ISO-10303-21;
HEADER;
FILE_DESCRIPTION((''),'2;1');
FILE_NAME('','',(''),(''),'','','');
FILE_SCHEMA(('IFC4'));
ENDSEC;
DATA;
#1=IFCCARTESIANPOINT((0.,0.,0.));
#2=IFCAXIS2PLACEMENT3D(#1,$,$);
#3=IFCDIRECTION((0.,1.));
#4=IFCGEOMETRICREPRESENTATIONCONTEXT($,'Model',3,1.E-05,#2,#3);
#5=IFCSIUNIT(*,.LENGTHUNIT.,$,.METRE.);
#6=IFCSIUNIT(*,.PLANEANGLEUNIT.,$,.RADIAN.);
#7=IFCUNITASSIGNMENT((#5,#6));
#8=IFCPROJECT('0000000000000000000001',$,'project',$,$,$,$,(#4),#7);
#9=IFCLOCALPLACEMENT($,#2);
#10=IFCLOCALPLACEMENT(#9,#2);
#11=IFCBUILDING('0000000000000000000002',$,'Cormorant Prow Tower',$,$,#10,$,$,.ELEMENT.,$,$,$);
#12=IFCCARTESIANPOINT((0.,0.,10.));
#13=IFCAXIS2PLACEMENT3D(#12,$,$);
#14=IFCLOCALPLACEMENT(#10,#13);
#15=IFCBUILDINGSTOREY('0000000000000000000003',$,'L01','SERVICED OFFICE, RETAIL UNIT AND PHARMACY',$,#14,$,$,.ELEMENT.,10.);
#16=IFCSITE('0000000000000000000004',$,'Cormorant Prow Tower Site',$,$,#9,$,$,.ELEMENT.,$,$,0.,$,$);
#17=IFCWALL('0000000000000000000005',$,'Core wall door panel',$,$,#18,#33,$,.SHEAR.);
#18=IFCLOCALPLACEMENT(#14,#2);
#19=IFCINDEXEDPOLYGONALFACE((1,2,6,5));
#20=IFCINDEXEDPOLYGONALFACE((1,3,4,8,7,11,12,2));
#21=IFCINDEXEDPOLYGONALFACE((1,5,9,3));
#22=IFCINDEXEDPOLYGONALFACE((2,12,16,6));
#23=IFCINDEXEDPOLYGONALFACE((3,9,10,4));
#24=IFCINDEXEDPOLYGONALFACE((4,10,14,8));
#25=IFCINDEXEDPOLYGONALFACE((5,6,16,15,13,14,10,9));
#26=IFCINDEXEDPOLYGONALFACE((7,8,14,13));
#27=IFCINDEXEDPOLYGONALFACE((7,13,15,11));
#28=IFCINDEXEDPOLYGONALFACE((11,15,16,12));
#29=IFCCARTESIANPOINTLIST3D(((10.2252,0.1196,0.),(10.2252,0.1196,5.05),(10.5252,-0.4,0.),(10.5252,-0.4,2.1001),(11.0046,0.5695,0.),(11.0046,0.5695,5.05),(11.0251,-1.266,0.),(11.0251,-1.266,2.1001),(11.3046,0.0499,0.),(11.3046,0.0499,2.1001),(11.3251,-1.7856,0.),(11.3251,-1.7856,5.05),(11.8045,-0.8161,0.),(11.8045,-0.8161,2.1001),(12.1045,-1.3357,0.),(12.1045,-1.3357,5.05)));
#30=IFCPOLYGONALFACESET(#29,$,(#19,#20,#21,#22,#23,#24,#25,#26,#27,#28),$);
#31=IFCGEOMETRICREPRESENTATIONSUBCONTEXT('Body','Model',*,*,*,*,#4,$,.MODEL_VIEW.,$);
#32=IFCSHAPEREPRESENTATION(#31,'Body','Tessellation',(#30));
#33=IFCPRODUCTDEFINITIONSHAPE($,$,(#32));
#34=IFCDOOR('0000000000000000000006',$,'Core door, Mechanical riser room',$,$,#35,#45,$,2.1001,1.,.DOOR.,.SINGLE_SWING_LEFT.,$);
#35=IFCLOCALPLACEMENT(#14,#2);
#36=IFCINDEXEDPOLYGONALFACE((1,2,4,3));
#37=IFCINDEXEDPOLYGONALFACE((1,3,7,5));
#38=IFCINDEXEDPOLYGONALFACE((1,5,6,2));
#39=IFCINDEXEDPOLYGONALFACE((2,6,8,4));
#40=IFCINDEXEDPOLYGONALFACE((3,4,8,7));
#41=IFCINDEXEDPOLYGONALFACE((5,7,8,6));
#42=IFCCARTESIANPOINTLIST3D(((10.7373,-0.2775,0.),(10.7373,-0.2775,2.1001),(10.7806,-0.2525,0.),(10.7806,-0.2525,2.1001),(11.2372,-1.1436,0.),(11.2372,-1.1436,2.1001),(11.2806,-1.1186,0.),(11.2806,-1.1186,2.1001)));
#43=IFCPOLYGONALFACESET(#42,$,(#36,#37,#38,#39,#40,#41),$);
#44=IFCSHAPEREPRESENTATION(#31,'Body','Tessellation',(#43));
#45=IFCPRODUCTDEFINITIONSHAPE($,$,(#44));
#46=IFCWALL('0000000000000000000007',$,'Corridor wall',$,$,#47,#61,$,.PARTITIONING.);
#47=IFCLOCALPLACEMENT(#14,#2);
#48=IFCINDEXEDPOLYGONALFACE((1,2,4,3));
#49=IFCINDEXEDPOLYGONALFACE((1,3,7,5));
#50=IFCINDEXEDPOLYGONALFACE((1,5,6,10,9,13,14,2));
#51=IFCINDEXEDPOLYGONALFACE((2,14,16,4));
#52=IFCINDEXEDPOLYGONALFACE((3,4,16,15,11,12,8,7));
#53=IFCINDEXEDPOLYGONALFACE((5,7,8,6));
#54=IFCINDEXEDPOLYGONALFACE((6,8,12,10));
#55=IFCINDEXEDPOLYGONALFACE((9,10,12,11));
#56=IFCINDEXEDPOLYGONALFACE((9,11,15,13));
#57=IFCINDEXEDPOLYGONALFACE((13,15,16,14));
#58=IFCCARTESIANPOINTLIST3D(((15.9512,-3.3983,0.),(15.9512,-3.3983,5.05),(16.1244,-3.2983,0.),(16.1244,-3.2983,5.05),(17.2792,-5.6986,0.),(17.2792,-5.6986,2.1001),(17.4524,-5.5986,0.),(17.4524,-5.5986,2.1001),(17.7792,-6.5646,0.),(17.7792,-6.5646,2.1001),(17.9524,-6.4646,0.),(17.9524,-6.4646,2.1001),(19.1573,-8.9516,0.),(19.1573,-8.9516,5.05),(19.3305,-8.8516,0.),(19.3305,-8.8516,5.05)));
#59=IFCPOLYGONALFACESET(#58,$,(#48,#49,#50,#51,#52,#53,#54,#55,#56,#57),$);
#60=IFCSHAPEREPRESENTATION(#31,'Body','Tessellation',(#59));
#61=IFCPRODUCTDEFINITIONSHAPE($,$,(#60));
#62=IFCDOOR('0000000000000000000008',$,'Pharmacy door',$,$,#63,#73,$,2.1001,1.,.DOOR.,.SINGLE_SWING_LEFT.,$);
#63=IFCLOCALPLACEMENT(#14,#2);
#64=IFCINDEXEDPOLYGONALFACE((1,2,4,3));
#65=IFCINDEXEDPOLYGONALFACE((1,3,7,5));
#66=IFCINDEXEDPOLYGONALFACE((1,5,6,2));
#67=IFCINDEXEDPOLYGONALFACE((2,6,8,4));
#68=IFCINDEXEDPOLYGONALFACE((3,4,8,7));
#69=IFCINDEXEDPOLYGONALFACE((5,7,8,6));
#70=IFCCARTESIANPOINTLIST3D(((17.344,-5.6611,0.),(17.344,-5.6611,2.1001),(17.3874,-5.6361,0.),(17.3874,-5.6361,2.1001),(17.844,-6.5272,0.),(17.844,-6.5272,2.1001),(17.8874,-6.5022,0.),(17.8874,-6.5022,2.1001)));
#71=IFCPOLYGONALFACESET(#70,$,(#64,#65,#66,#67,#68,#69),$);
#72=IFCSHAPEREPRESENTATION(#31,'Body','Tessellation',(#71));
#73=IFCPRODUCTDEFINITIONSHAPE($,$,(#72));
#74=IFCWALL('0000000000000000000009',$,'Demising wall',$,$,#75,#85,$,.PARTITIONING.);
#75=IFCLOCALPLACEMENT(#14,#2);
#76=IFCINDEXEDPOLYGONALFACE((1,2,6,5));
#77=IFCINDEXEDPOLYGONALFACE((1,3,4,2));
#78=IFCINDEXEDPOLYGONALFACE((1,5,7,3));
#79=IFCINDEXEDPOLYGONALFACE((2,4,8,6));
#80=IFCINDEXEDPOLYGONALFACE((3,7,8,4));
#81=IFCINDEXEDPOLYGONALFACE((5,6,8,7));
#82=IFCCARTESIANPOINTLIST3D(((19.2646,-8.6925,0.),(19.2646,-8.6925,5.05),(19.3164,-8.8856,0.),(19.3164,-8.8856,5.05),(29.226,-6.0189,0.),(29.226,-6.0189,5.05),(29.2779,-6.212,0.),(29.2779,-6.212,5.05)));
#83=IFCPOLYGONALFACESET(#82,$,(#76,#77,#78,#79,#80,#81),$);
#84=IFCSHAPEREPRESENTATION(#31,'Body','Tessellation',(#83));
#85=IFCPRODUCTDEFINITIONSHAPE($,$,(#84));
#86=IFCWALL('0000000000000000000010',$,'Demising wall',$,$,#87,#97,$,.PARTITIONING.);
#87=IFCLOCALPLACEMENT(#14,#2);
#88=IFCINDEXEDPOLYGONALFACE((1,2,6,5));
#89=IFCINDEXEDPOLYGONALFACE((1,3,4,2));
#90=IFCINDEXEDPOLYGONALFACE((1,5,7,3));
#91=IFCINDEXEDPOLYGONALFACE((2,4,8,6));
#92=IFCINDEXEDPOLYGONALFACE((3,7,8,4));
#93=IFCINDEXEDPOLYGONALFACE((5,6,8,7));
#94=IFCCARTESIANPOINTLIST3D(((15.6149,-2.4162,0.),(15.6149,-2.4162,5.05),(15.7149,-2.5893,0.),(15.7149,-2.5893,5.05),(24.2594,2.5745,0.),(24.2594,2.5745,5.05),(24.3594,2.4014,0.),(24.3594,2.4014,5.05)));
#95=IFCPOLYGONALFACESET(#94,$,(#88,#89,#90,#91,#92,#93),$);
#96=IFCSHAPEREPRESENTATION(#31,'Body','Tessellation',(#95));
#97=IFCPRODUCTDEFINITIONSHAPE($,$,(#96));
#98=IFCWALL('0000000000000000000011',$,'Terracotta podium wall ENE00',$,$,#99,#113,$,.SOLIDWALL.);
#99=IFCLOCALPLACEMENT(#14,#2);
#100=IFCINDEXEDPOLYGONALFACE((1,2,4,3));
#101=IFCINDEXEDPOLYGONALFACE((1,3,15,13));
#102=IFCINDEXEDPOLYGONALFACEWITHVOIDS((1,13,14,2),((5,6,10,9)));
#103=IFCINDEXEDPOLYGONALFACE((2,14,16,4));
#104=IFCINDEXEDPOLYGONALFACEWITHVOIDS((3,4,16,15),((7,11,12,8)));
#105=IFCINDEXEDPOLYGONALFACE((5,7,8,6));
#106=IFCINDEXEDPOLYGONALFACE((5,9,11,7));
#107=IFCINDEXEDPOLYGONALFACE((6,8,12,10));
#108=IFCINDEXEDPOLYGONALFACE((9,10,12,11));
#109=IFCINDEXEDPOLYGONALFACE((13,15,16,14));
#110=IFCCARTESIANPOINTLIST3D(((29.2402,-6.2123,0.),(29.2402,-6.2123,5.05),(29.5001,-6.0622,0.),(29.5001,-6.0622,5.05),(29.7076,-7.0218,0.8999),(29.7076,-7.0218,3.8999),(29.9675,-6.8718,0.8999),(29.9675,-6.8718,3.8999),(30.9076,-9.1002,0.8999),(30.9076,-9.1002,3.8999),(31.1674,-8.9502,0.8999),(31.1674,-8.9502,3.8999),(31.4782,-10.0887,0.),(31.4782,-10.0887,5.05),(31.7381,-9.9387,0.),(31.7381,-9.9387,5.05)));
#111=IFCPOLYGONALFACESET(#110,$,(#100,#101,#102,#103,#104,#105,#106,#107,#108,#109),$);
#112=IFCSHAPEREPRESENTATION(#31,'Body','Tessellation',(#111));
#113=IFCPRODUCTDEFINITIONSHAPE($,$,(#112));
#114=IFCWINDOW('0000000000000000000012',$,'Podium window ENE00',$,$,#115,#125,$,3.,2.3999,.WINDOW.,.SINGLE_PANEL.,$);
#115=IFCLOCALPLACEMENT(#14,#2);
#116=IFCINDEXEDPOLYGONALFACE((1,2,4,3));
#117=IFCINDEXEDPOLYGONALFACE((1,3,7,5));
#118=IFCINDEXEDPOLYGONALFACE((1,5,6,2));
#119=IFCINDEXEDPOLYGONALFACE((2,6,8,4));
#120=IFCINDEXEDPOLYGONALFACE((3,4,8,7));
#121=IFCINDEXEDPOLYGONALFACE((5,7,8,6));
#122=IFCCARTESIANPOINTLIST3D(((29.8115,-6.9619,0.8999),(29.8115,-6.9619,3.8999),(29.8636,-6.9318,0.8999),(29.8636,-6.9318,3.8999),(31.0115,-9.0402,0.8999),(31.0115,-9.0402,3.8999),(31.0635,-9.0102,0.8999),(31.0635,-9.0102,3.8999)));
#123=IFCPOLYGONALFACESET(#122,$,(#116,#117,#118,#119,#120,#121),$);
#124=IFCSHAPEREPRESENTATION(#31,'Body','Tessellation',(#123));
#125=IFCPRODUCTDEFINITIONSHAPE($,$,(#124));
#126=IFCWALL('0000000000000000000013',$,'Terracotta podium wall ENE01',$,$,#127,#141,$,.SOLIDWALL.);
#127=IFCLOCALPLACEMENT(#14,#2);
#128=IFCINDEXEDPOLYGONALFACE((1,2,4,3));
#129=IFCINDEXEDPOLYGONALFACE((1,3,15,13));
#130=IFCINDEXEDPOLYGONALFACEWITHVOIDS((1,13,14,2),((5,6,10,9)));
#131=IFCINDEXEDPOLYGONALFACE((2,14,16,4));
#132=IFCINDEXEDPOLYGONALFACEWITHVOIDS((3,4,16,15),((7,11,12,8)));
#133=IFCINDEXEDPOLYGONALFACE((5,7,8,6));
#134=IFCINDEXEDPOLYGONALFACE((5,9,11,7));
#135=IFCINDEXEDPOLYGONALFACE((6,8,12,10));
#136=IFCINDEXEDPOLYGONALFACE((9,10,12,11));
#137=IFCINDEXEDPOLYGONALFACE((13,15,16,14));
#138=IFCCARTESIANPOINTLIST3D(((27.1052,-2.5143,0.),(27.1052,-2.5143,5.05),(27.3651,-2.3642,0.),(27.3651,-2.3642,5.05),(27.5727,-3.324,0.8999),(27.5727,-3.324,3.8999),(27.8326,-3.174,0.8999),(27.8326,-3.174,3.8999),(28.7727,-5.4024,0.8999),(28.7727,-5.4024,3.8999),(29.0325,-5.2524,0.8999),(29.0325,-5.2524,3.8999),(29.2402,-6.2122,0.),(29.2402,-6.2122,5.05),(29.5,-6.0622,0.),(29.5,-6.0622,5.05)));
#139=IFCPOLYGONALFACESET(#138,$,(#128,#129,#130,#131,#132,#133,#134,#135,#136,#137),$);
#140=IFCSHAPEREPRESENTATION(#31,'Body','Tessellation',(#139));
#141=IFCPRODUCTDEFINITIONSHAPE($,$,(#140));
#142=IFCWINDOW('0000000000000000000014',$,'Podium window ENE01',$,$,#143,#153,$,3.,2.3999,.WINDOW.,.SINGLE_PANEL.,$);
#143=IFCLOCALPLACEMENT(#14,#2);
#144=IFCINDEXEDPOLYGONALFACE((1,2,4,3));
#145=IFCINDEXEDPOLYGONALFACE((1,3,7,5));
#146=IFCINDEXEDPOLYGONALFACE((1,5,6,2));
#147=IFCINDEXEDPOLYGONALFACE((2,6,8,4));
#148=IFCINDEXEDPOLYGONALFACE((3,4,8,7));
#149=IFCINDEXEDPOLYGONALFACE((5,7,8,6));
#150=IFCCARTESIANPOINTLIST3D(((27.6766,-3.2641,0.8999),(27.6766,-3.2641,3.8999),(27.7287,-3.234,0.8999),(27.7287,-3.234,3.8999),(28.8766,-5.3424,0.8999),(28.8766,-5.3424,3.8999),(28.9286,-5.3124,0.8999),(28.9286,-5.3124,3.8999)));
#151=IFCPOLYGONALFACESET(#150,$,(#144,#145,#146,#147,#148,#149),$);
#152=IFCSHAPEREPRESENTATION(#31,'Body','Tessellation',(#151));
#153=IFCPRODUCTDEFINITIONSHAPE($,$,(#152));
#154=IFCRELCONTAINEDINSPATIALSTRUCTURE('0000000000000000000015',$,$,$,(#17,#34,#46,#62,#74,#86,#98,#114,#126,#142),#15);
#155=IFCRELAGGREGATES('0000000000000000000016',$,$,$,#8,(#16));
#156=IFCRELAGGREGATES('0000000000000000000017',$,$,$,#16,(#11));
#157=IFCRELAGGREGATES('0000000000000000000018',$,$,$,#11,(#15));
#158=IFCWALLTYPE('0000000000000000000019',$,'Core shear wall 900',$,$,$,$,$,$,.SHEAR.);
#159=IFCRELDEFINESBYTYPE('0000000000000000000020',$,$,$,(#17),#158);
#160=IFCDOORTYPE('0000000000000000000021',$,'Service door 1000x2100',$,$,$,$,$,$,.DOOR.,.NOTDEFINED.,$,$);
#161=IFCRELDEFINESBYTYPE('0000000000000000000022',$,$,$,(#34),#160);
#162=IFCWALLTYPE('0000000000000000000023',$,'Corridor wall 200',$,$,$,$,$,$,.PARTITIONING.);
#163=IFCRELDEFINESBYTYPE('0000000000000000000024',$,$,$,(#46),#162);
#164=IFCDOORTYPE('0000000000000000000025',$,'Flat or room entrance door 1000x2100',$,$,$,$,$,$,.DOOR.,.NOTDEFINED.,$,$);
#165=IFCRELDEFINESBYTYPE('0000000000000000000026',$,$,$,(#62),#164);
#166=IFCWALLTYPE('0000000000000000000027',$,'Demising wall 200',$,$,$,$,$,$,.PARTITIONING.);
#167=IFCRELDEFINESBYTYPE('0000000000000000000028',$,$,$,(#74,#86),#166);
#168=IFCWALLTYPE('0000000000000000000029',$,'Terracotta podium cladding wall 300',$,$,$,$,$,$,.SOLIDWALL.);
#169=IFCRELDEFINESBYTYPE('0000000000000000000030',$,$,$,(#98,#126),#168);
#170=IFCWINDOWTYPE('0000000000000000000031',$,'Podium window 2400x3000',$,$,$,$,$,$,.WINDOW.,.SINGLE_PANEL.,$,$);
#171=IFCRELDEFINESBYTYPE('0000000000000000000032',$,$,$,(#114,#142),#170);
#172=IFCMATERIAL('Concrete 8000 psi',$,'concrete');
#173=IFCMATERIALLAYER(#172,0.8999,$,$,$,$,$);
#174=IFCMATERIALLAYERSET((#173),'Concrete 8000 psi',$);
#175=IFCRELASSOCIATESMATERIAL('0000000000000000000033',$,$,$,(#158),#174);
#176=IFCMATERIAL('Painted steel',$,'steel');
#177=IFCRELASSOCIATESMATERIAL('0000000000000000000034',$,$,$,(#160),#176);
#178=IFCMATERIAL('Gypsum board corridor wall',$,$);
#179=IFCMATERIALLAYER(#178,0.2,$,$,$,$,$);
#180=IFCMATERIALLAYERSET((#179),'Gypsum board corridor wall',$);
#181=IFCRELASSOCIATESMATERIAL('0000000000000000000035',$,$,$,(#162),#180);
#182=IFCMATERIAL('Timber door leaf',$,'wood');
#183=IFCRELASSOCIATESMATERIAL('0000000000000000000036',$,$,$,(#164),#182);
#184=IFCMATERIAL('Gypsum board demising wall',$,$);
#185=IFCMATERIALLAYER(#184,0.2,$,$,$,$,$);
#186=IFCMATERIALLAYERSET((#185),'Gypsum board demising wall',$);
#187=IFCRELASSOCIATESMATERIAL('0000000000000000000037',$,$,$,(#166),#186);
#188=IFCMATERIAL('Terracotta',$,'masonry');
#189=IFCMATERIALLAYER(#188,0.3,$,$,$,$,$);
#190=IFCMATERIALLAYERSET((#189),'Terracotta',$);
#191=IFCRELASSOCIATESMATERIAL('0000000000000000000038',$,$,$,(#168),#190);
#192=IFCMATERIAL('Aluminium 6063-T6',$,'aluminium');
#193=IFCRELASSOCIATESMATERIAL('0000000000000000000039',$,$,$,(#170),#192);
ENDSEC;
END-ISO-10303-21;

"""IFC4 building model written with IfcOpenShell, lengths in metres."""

from ifc_helpers import new_model, si_unit, direction, frame, frame_2d, origin, place, context, subcontext, project, spatial, rectangle, extrude, material, layer, layer_set, type_object, element, fill, save


model = new_model("IFC4")

# Units and contexts
model_context = context("Model", 3, precision=1e-05, world=origin(), true_north=direction((0.0, 1.0)))
body_context = subcontext(model_context, "Body", "Model", "MODEL_VIEW")
ifc_project = project(units=[si_unit("LENGTHUNIT", "METRE"), si_unit("PLANEANGLEUNIT", "RADIAN")], contexts=[model_context])

# Site, building, storey
site_placement = place(None, origin())
site = spatial("IfcSite", under=ifc_project, at=site_placement, Name="Cormorant Prow Tower Site", CompositionType="ELEMENT", RefElevation=0.0)
building_placement = place(site_placement, origin())
building = spatial("IfcBuilding", under=site, at=building_placement, Name="Cormorant Prow Tower", CompositionType="ELEMENT")
storey_placement = place(building_placement, frame((0.0, 0.0, 10.0)))
storey = spatial("IfcBuildingStorey", under=building, at=storey_placement, Name="L01", Description="SERVICED OFFICE, RETAIL UNIT AND PHARMACY", CompositionType="ELEMENT", Elevation=10.0)

# Shared definitions
ifc_material_1 = material(Name="Concrete 8000 psi", Category="concrete")
ifc_layer_1 = layer(ifc_material_1, 0.8999)
ifc_layer_set_1 = layer_set([ifc_layer_1], Name="Concrete 8000 psi")
wall_type_1 = type_object("IfcWallType", Name="Core shear wall 900", PredefinedType="SHEAR", material=ifc_layer_set_1)

# Walls, openings, doors
wall_1_placement = place(storey_placement, frame((11.7148, -1.5608, 0.0), z_axis=(0.0, 0.0, 1.0), x_axis=(-0.499947, 0.866056, 0.0)))
wall_1 = element("IfcWall", 1, at=wall_1_placement, inside=storey, type_object=wall_type_1, Name="Core wall door panel", PredefinedType="SHEAR", context=body_context, shape_type="SweptSolid", body=[
    extrude(rectangle(XDim=2.2, YDim=0.8999, at=frame_2d((1.1001, 0.0))), origin(), (0.0, 0.0, 1.0), 5.05),
])
opening_1_placement = place(wall_1_placement, frame((0.6001, 0.0, 0.0)))
opening_1 = element("IfcOpeningElement", 2, at=opening_1_placement, cuts=wall_1, PredefinedType="OPENING", context=body_context, shape_type="SweptSolid", body=[
    extrude(rectangle(XDim=1.0, YDim=2.1001, at=frame_2d((0.5, 1.05))), frame((0.0, 0.46, 0.0), z_axis=(0.0, -1.0, 0.0), x_axis=(1.0, 0.0, 0.0)), (0.0, 0.0, 1.0), 0.9199),
])
ifc_material_2 = material(Name="Painted steel", Category="steel")
door_type_1 = type_object("IfcDoorType", Name="Service door 1000x2100", OperationType="NOTDEFINED", PredefinedType="DOOR", material=ifc_material_2)
door_1_placement = place(opening_1_placement, origin())
door_1 = element("IfcDoor", 3, at=door_1_placement, inside=storey, type_object=door_type_1, Name="Core door, Mechanical riser room", OperationType="SINGLE_SWING_LEFT", OverallHeight=2.1001, OverallWidth=1.0, PredefinedType="DOOR", context=body_context, shape_type="SweptSolid", body=[
    extrude(rectangle(XDim=1.0, YDim=2.1001, at=frame_2d((0.5, 1.05))), frame((0.0, 0.2051, 0.0), z_axis=(0.0, -1.0, 0.0), x_axis=(1.0, 0.0, 0.0)), (0.0, 0.0, 1.0), 0.05),
])
fill(opening_1, door_1)
ifc_material_3 = material(Name="Gypsum board corridor wall")
ifc_layer_2 = layer(ifc_material_3, 0.2)
ifc_layer_set_2 = layer_set([ifc_layer_2], Name="Gypsum board corridor wall")
wall_type_2 = type_object("IfcWallType", Name="Corridor wall 200", PredefinedType="PARTITIONING", material=ifc_layer_set_2)
wall_2_placement = place(storey_placement, frame((16.0378, -3.3484, 0.0), z_axis=(0.0, 0.0, 1.0), x_axis=(0.499988, -0.866032, 0.0)))
wall_2 = element("IfcWall", 4, at=wall_2_placement, inside=storey, type_object=wall_type_2, Name="Corridor wall", PredefinedType="PARTITIONING", context=body_context, shape_type="SweptSolid", body=[
    extrude(rectangle(XDim=6.4124, YDim=0.2, at=frame_2d((3.2061, 0.0))), origin(), (0.0, 0.0, 1.0), 5.05),
])
opening_2_placement = place(wall_2_placement, frame((2.656, 0.0, 0.0)))
opening_2 = element("IfcOpeningElement", 5, at=opening_2_placement, cuts=wall_2, PredefinedType="OPENING", context=body_context, shape_type="SweptSolid", body=[
    extrude(rectangle(XDim=1.0, YDim=2.1001, at=frame_2d((0.5, 1.05))), frame((0.0, 0.1099, 0.0), z_axis=(0.0, -1.0, 0.0), x_axis=(1.0, 0.0, 0.0)), (0.0, 0.0, 1.0), 0.22),
])
ifc_material_4 = material(Name="Timber door leaf", Category="wood")
door_type_2 = type_object("IfcDoorType", Name="Flat or room entrance door 1000x2100", OperationType="NOTDEFINED", PredefinedType="DOOR", material=ifc_material_4)
door_2_placement = place(opening_2_placement, origin())
door_2 = element("IfcDoor", 6, at=door_2_placement, inside=storey, type_object=door_type_2, Name="Pharmacy door", OperationType="SINGLE_SWING_LEFT", OverallHeight=2.1001, OverallWidth=1.0, PredefinedType="DOOR", context=body_context, shape_type="SweptSolid", body=[
    extrude(rectangle(XDim=1.0, YDim=2.1001, at=frame_2d((0.5, 1.05))), frame((0.0, 0.0249, 0.0), z_axis=(0.0, -1.0, 0.0), x_axis=(1.0, 0.0, 0.0)), (0.0, 0.0, 1.0), 0.05),
])
fill(opening_2, door_2)

# Walls
ifc_material_5 = material(Name="Gypsum board demising wall")
ifc_layer_3 = layer(ifc_material_5, 0.2)
ifc_layer_set_3 = layer_set([ifc_layer_3], Name="Gypsum board demising wall")
wall_type_3 = type_object("IfcWallType", Name="Demising wall 200", PredefinedType="PARTITIONING", material=ifc_layer_set_3)
wall_3_placement = place(storey_placement, frame((19.2905, -8.7891, 0.0), z_axis=(0.0, 0.0, 1.0), x_axis=(0.965818, 0.25922, 0.0)))
element("IfcWall", 7, at=wall_3_placement, inside=storey, type_object=wall_type_3, Name="Demising wall", PredefinedType="PARTITIONING", context=body_context, shape_type="SweptSolid", body=[
    extrude(rectangle(XDim=10.314, YDim=0.2, at=frame_2d((5.157, 0.0))), origin(), (0.0, 0.0, 1.0), 5.05),
])
wall_4_placement = place(storey_placement, frame((15.665, -2.5027, 0.0), z_axis=(0.0, 0.0, 1.0), x_axis=(0.866034, 0.499985, 0.0)))
element("IfcWall", 8, at=wall_4_placement, inside=storey, type_object=wall_type_3, Name="Demising wall", PredefinedType="PARTITIONING", context=body_context, shape_type="SweptSolid", body=[
    extrude(rectangle(XDim=9.9817, YDim=0.2, at=frame_2d((4.9907, 0.0))), origin(), (0.0, 0.0, 1.0), 5.05),
])

# Walls, openings, windows
ifc_material_6 = material(Name="Terracotta", Category="masonry")
ifc_layer_4 = layer(ifc_material_6, 0.3)
ifc_layer_set_4 = layer_set([ifc_layer_4], Name="Terracotta")
wall_type_4 = type_object("IfcWallType", Name="Terracotta podium cladding wall 300", PredefinedType="SOLIDWALL", material=ifc_layer_set_4)
wall_5_placement = place(storey_placement, frame((31.6082, -10.0137, 0.0), z_axis=(0.0, 0.0, 1.0), x_axis=(-0.499993, 0.866029, 0.0)))
wall_5 = element("IfcWall", 9, at=wall_5_placement, inside=storey, type_object=wall_type_4, Name="Terracotta podium wall ENE00", PredefinedType="SOLIDWALL", context=body_context, shape_type="SweptSolid", body=[
    extrude(rectangle(XDim=4.4761, YDim=0.3, at=frame_2d((2.238, 0.0))), origin(), (0.0, 0.0, 1.0), 5.05),
])
opening_3_placement = place(wall_5_placement, frame((1.1414, 0.0, 0.8999)))
opening_3 = element("IfcOpeningElement", 10, at=opening_3_placement, cuts=wall_5, PredefinedType="OPENING", context=body_context, shape_type="SweptSolid", body=[
    extrude(rectangle(XDim=2.3999, YDim=3.0, at=frame_2d((1.2, 1.5))), frame((0.0, 0.1599, 0.0), z_axis=(0.0, -1.0, 0.0), x_axis=(1.0, 0.0, 0.0)), (0.0, 0.0, 1.0), 0.3201),
])
ifc_material_7 = material(Name="Aluminium 6063-T6", Category="aluminium")
window_type = type_object("IfcWindowType", Name="Podium window 2400x3000", PartitioningType="SINGLE_PANEL", PredefinedType="WINDOW", material=ifc_material_7)
window_1_placement = place(opening_3_placement, origin())
window_1 = element("IfcWindow", 11, at=window_1_placement, inside=storey, type_object=window_type, Name="Podium window ENE00", OverallHeight=3.0, OverallWidth=2.3999, PartitioningType="SINGLE_PANEL", PredefinedType="WINDOW", context=body_context, shape_type="SweptSolid", body=[
    extrude(rectangle(XDim=2.3999, YDim=3.0, at=frame_2d((1.2, 1.5))), frame((0.0, 0.03, 0.0), z_axis=(0.0, -1.0, 0.0), x_axis=(1.0, 0.0, 0.0)), (0.0, 0.0, 1.0), 0.0601),
])
fill(opening_3, window_1)
wall_6_placement = place(storey_placement, frame((29.3701, -6.1372, 0.0), z_axis=(0.0, 0.0, 1.0), x_axis=(-0.499995, 0.866028, 0.0)))
wall_6 = element("IfcWall", 12, at=wall_6_placement, inside=storey, type_object=wall_type_4, Name="Terracotta podium wall ENE01", PredefinedType="SOLIDWALL", context=body_context, shape_type="SweptSolid", body=[
    extrude(rectangle(XDim=4.27, YDim=0.3, at=frame_2d((2.135, 0.0))), origin(), (0.0, 0.0, 1.0), 5.05),
])
opening_4_placement = place(wall_6_placement, frame((0.9351, 0.0, 0.8999)))
opening_4 = element("IfcOpeningElement", 13, at=opening_4_placement, cuts=wall_6, PredefinedType="OPENING", context=body_context, shape_type="SweptSolid", body=[
    extrude(rectangle(XDim=2.3999, YDim=3.0, at=frame_2d((1.2, 1.5))), frame((0.0, 0.1599, 0.0), z_axis=(0.0, -1.0, 0.0), x_axis=(1.0, 0.0, 0.0)), (0.0, 0.0, 1.0), 0.3201),
])
window_2_placement = place(opening_4_placement, origin())
window_2 = element("IfcWindow", 14, at=window_2_placement, inside=storey, type_object=window_type, Name="Podium window ENE01", OverallHeight=3.0, OverallWidth=2.3999, PartitioningType="SINGLE_PANEL", PredefinedType="WINDOW", context=body_context, shape_type="SweptSolid", body=[
    extrude(rectangle(XDim=2.3999, YDim=3.0, at=frame_2d((1.2, 1.5))), frame((0.0, 0.03, 0.0), z_axis=(0.0, -1.0, 0.0), x_axis=(1.0, 0.0, 0.0)), (0.0, 0.0, 1.0), 0.0601),
])
fill(opening_4, window_2)

save(model, "model.ifc")
